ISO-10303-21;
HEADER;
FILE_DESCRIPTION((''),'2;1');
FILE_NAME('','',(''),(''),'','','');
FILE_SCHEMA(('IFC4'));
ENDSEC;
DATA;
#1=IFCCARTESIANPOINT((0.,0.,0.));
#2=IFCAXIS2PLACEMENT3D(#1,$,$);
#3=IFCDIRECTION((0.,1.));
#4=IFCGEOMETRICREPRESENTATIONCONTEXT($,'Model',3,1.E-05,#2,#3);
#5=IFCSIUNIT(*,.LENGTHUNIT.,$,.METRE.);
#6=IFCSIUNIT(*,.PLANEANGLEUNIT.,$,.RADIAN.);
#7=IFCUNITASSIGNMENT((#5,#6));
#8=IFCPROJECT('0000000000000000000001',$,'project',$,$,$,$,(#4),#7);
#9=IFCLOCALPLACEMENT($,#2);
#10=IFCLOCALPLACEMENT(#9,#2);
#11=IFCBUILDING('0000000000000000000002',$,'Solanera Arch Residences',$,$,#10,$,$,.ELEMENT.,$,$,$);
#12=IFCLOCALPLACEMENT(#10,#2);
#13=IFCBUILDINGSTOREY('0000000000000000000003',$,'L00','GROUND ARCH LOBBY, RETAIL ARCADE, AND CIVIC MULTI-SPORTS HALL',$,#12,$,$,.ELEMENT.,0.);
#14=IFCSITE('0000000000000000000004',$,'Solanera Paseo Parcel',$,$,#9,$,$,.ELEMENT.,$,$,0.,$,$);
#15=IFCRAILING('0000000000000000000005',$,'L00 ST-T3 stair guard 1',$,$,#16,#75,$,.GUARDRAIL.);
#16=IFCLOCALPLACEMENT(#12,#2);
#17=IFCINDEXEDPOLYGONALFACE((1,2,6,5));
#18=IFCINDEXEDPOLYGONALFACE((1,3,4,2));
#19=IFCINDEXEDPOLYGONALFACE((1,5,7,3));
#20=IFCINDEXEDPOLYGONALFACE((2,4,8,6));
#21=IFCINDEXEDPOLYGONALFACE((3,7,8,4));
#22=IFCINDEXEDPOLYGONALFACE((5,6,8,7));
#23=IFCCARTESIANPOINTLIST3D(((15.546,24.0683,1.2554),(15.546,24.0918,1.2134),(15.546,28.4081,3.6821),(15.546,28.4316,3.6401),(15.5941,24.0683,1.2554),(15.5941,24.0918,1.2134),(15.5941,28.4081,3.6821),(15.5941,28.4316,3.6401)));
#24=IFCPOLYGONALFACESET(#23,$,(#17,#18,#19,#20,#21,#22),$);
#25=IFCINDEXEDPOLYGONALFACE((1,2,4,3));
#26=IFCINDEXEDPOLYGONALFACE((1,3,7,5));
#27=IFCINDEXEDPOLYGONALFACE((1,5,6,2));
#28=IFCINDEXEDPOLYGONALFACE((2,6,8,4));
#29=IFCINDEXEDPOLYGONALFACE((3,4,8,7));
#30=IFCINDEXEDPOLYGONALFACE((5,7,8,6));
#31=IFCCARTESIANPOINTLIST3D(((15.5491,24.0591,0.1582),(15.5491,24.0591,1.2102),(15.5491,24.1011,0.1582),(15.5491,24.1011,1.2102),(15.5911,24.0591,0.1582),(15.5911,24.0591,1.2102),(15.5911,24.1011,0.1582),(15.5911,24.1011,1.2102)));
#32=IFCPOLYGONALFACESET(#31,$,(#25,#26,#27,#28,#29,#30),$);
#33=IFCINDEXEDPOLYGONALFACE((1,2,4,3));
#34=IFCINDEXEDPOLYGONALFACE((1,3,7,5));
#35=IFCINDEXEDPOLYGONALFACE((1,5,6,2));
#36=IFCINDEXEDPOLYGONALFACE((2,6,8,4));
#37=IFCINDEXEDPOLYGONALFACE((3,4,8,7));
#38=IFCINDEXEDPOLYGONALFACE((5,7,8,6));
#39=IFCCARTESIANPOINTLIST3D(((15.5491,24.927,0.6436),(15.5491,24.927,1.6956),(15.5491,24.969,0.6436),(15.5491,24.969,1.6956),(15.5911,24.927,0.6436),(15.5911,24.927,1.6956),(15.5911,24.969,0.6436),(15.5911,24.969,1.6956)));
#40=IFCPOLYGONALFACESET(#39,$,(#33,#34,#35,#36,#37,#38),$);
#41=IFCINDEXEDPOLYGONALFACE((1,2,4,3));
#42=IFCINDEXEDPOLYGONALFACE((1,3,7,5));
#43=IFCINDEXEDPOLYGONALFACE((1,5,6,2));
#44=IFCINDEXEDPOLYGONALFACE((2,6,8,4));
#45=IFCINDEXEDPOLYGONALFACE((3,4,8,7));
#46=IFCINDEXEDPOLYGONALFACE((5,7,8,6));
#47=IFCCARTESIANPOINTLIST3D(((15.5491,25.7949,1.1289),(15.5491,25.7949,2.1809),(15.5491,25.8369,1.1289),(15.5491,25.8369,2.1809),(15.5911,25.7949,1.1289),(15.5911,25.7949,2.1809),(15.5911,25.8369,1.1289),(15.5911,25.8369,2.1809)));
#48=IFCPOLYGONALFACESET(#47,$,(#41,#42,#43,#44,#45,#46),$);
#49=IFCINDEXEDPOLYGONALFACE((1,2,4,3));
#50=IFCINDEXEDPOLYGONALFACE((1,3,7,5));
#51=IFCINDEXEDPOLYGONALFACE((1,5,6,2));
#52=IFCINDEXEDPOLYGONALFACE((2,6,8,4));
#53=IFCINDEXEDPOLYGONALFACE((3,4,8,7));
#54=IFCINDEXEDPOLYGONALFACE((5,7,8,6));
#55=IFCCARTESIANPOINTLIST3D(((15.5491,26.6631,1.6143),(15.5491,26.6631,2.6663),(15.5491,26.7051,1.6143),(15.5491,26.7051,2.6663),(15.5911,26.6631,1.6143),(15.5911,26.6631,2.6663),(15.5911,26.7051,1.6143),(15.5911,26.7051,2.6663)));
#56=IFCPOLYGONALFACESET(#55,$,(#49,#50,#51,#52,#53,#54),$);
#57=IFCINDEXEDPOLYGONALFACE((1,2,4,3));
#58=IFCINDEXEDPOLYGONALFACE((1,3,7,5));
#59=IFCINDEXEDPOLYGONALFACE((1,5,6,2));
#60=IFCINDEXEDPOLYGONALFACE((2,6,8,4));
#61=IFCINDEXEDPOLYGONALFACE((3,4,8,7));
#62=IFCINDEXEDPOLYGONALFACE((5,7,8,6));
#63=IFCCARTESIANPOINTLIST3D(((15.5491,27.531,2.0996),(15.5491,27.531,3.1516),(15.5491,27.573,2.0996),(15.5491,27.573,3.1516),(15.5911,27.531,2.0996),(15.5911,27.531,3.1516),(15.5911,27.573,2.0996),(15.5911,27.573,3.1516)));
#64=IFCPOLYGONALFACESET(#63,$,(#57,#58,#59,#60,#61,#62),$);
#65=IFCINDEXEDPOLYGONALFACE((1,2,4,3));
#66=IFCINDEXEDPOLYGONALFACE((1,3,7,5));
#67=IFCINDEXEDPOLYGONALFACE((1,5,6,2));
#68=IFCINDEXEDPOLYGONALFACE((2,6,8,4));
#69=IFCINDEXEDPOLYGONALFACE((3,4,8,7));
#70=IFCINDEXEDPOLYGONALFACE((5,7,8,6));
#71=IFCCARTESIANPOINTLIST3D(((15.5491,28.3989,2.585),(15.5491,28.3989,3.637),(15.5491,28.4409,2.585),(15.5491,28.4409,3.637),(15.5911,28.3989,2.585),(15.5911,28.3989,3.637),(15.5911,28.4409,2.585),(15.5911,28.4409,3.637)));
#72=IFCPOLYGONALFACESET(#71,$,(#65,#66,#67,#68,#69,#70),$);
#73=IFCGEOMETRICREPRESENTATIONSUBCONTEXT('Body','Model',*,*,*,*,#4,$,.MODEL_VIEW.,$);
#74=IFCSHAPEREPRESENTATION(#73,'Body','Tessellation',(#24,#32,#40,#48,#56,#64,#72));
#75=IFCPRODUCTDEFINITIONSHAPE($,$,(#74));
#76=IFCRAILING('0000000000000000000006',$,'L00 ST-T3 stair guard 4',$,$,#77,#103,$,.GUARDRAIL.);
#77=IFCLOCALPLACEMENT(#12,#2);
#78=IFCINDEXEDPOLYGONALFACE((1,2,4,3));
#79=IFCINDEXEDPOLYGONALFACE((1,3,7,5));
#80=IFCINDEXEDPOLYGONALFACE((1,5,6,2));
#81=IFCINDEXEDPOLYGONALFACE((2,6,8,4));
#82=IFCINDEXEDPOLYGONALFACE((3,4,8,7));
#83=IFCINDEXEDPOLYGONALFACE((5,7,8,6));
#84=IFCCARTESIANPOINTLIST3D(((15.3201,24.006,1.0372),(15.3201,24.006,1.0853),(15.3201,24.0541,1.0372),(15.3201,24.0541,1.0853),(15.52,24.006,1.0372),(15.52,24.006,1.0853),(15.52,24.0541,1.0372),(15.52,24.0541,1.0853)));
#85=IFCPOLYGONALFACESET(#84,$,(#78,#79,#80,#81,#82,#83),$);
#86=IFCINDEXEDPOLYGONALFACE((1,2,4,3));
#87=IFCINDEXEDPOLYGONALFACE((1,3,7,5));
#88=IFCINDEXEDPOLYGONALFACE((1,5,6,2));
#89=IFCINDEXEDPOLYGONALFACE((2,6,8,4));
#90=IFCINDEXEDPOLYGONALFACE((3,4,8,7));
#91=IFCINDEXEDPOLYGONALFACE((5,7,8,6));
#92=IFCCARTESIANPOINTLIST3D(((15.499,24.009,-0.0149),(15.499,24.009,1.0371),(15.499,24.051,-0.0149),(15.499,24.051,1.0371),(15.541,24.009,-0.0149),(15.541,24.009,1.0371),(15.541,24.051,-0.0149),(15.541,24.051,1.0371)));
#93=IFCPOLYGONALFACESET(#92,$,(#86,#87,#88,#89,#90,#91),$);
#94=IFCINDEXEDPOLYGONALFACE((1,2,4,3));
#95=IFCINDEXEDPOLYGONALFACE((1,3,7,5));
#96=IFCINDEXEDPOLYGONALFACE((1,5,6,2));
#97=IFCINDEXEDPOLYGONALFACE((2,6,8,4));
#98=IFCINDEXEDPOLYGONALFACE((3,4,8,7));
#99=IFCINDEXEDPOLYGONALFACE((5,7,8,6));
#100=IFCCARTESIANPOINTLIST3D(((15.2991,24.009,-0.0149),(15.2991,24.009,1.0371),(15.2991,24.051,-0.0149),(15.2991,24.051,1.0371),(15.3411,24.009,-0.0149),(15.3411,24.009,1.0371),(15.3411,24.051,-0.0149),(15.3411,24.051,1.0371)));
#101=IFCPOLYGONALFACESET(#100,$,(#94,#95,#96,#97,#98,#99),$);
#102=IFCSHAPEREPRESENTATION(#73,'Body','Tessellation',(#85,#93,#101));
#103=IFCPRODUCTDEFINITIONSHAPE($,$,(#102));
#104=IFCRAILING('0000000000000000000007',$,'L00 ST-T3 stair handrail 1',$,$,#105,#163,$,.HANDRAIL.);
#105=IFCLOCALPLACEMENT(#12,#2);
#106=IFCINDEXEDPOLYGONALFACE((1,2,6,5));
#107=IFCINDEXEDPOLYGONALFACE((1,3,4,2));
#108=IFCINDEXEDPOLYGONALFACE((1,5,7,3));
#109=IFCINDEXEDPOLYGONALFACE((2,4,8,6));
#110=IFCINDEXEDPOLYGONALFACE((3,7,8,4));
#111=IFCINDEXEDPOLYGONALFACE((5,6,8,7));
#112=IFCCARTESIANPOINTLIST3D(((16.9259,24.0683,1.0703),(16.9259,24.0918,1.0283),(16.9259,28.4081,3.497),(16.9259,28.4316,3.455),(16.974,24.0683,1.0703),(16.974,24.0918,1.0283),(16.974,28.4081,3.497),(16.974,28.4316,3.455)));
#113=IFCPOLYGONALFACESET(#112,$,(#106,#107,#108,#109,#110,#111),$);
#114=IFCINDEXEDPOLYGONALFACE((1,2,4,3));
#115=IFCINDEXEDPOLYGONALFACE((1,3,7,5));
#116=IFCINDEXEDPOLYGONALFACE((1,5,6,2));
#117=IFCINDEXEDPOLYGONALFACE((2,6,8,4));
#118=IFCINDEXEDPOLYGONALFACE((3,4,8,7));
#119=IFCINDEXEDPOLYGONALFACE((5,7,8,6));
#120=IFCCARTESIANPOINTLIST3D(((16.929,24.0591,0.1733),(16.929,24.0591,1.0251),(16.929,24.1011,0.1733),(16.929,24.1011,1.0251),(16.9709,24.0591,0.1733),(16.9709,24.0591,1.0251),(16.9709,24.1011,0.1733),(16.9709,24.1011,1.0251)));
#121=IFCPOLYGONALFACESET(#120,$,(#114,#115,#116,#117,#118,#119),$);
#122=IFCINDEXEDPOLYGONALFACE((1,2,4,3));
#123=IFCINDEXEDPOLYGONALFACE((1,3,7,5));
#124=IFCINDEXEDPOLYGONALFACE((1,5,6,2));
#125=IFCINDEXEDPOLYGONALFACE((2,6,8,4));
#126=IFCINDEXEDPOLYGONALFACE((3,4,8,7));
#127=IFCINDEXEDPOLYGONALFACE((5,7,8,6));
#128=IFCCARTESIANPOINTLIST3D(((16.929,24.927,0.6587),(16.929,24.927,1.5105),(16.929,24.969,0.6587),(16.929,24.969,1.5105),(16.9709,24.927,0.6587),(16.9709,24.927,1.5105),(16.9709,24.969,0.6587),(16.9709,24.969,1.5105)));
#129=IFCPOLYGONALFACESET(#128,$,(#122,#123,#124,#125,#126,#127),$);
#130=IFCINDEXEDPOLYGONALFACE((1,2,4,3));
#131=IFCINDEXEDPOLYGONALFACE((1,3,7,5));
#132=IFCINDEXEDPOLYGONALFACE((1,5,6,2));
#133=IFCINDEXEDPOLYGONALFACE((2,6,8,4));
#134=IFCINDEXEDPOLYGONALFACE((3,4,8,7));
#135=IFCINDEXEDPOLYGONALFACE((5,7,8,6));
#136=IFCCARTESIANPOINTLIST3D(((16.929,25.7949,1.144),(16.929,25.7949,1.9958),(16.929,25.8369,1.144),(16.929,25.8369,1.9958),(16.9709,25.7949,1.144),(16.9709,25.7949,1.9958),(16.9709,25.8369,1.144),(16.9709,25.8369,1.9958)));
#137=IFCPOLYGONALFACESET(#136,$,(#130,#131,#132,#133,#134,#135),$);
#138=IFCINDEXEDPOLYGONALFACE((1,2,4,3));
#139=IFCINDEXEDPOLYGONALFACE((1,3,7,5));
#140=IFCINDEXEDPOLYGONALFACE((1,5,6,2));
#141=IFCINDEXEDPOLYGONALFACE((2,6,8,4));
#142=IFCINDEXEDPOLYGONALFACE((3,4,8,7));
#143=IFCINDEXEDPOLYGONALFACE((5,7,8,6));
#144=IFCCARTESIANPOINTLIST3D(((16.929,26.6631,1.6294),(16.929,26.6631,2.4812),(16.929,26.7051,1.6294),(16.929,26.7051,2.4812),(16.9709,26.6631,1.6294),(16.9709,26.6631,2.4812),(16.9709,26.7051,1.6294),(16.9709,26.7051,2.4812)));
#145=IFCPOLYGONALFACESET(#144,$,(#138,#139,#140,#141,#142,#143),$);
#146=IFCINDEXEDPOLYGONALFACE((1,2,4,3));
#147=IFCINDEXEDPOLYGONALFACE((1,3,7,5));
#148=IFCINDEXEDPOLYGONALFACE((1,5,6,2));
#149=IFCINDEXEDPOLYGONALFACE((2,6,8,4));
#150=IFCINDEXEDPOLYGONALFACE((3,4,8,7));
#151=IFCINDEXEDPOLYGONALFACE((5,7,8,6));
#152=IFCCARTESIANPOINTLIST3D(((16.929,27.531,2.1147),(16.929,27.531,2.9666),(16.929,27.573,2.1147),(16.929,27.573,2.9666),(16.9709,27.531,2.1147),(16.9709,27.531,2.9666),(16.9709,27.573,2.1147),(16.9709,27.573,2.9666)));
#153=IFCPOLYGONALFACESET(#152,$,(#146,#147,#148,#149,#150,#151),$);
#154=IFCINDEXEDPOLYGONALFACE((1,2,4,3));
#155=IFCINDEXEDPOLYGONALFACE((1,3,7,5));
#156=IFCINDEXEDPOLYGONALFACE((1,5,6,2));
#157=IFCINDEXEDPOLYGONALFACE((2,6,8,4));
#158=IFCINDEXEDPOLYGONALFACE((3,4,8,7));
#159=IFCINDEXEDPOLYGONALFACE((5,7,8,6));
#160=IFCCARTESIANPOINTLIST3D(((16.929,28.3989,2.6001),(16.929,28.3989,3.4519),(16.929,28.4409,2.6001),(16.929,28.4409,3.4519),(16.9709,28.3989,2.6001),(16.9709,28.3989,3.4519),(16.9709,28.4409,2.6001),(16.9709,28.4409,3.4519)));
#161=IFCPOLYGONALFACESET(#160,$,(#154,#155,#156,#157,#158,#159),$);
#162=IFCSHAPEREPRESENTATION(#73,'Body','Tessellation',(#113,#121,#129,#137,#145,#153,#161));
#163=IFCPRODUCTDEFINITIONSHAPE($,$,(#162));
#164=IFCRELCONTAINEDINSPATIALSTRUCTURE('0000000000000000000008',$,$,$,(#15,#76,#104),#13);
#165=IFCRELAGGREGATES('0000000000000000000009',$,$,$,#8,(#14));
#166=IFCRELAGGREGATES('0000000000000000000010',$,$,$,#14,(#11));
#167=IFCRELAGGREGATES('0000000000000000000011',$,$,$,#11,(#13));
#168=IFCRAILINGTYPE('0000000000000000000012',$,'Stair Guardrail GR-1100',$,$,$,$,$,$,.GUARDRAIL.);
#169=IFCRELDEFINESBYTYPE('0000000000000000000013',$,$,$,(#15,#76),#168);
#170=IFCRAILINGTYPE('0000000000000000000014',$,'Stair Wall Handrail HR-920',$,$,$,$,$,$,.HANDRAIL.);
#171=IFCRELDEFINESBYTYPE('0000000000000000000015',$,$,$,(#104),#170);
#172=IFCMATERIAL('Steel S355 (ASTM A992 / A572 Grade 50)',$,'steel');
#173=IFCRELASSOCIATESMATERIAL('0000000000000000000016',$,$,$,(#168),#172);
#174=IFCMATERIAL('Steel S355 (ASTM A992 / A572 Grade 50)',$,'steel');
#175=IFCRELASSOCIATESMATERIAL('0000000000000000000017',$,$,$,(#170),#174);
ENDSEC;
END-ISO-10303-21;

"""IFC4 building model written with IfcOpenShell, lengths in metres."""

from ifc_helpers import new_model, si_unit, direction, frame, origin, origin_2d, place, context, subcontext, project, spatial, rectangle, extrude, material, type_object, element, save


model = new_model("IFC4")

# Units and contexts
model_context = context("Model", 3, precision=1e-05, world=origin(), true_north=direction((0.0, 1.0)))
body_context = subcontext(model_context, "Body", "Model", "MODEL_VIEW")
ifc_project = project(units=[si_unit("LENGTHUNIT", "METRE"), si_unit("PLANEANGLEUNIT", "RADIAN")], contexts=[model_context])

# Site, building, storey
site_placement = place(None, origin())
site = spatial("IfcSite", under=ifc_project, at=site_placement, Name="Solanera Paseo Parcel", CompositionType="ELEMENT", RefElevation=0.0)
building_placement = place(site_placement, origin())
building = spatial("IfcBuilding", under=site, at=building_placement, Name="Solanera Arch Residences", CompositionType="ELEMENT")
storey_placement = place(building_placement, origin())
storey = spatial("IfcBuildingStorey", under=building, at=storey_placement, Name="L00", Description="GROUND ARCH LOBBY, RETAIL ARCADE, AND CIVIC MULTI-SPORTS HALL", CompositionType="ELEMENT", Elevation=0.0)

# Railings
ifc_material_1 = material(Name="Steel S355 (ASTM A992 / A572 Grade 50)", Category="steel")
railing_type_1 = type_object("IfcRailingType", Name="Stair Guardrail GR-1100", PredefinedType="GUARDRAIL", material=ifc_material_1)
railing_1_placement = place(storey_placement, frame((15.5701, 24.0801, 0.1582)))
element("IfcRailing", 1, at=railing_1_placement, inside=storey, type_object=railing_type_1, Name="L00 ST-T3 stair guard 1", PredefinedType="GUARDRAIL", context=body_context, shape_type="SweptSolid", body=[
    extrude(rectangle(XDim=0.0481, YDim=0.0481, at=origin_2d()), frame((0.0, 0.0, 1.0762), z_axis=(0.0, 0.872811, 0.488059), x_axis=(-1.0, 0.0, 0.0)), (0.0, 0.0, 1.0), 4.9722),
    extrude(rectangle(XDim=0.042, YDim=0.042, at=origin_2d()), origin(), (0.0, 0.0, 1.0), 1.052),
    extrude(rectangle(XDim=0.042, YDim=0.042, at=origin_2d()), frame((0.0, 0.8679, 0.4854)), (0.0, 0.0, 1.0), 1.052),
    extrude(rectangle(XDim=0.042, YDim=0.042, at=origin_2d()), frame((0.0, 1.7358, 0.9707)), (0.0, 0.0, 1.0), 1.052),
    extrude(rectangle(XDim=0.042, YDim=0.042, at=origin_2d()), frame((0.0, 2.604, 1.4561)), (0.0, 0.0, 1.0), 1.052),
    extrude(rectangle(XDim=0.042, YDim=0.042, at=origin_2d()), frame((0.0, 3.4719, 1.9414)), (0.0, 0.0, 1.0), 1.052),
    extrude(rectangle(XDim=0.042, YDim=0.042, at=origin_2d()), frame((0.0, 4.3398, 2.4268)), (0.0, 0.0, 1.0), 1.052),
])
railing_2_placement = place(storey_placement, frame((15.52, 24.03, -0.0149)))
element("IfcRailing", 2, at=railing_2_placement, inside=storey, type_object=railing_type_1, Name="L00 ST-T3 stair guard 4", PredefinedType="GUARDRAIL", context=body_context, shape_type="SweptSolid", body=[
    extrude(rectangle(XDim=0.0481, YDim=0.0481, at=origin_2d()), frame((0.0, 0.0, 1.0762), z_axis=(-1.0, 0.0, 0.0), x_axis=(0.0, -1.0, 0.0)), (0.0, 0.0, 1.0), 0.2),
    extrude(rectangle(XDim=0.042, YDim=0.042, at=origin_2d()), origin(), (0.0, 0.0, 1.0), 1.052),
    extrude(rectangle(XDim=0.042, YDim=0.042, at=origin_2d()), frame((-0.2, 0.0, 0.0)), (0.0, 0.0, 1.0), 1.052),
])
ifc_material_2 = material(Name="Steel S355 (ASTM A992 / A572 Grade 50)", Category="steel")
railing_type_2 = type_object("IfcRailingType", Name="Stair Wall Handrail HR-920", PredefinedType="HANDRAIL", material=ifc_material_2)
railing_3_placement = place(storey_placement, frame((16.95, 24.0801, 0.1733)))
element("IfcRailing", 3, at=railing_3_placement, inside=storey, type_object=railing_type_2, Name="L00 ST-T3 stair handrail 1", PredefinedType="HANDRAIL", context=body_context, shape_type="SweptSolid", body=[
    extrude(rectangle(XDim=0.0481, YDim=0.0481, at=origin_2d()), frame((0.0, 0.0, 0.876), z_axis=(0.0, 0.872811, 0.488059), x_axis=(-1.0, 0.0, 0.0)), (0.0, 0.0, 1.0), 4.9722),
    extrude(rectangle(XDim=0.042, YDim=0.042, at=origin_2d()), origin(), (0.0, 0.0, 1.0), 0.8518),
    extrude(rectangle(XDim=0.042, YDim=0.042, at=origin_2d()), frame((0.0, 0.8679, 0.4854)), (0.0, 0.0, 1.0), 0.8518),
    extrude(rectangle(XDim=0.042, YDim=0.042, at=origin_2d()), frame((0.0, 1.7358, 0.9707)), (0.0, 0.0, 1.0), 0.8518),
    extrude(rectangle(XDim=0.042, YDim=0.042, at=origin_2d()), frame((0.0, 2.604, 1.4561)), (0.0, 0.0, 1.0), 0.8518),
    extrude(rectangle(XDim=0.042, YDim=0.042, at=origin_2d()), frame((0.0, 3.4719, 1.9414)), (0.0, 0.0, 1.0), 0.8518),
    extrude(rectangle(XDim=0.042, YDim=0.042, at=origin_2d()), frame((0.0, 4.3398, 2.4268)), (0.0, 0.0, 1.0), 0.8518),
])

save(model, "model.ifc")
